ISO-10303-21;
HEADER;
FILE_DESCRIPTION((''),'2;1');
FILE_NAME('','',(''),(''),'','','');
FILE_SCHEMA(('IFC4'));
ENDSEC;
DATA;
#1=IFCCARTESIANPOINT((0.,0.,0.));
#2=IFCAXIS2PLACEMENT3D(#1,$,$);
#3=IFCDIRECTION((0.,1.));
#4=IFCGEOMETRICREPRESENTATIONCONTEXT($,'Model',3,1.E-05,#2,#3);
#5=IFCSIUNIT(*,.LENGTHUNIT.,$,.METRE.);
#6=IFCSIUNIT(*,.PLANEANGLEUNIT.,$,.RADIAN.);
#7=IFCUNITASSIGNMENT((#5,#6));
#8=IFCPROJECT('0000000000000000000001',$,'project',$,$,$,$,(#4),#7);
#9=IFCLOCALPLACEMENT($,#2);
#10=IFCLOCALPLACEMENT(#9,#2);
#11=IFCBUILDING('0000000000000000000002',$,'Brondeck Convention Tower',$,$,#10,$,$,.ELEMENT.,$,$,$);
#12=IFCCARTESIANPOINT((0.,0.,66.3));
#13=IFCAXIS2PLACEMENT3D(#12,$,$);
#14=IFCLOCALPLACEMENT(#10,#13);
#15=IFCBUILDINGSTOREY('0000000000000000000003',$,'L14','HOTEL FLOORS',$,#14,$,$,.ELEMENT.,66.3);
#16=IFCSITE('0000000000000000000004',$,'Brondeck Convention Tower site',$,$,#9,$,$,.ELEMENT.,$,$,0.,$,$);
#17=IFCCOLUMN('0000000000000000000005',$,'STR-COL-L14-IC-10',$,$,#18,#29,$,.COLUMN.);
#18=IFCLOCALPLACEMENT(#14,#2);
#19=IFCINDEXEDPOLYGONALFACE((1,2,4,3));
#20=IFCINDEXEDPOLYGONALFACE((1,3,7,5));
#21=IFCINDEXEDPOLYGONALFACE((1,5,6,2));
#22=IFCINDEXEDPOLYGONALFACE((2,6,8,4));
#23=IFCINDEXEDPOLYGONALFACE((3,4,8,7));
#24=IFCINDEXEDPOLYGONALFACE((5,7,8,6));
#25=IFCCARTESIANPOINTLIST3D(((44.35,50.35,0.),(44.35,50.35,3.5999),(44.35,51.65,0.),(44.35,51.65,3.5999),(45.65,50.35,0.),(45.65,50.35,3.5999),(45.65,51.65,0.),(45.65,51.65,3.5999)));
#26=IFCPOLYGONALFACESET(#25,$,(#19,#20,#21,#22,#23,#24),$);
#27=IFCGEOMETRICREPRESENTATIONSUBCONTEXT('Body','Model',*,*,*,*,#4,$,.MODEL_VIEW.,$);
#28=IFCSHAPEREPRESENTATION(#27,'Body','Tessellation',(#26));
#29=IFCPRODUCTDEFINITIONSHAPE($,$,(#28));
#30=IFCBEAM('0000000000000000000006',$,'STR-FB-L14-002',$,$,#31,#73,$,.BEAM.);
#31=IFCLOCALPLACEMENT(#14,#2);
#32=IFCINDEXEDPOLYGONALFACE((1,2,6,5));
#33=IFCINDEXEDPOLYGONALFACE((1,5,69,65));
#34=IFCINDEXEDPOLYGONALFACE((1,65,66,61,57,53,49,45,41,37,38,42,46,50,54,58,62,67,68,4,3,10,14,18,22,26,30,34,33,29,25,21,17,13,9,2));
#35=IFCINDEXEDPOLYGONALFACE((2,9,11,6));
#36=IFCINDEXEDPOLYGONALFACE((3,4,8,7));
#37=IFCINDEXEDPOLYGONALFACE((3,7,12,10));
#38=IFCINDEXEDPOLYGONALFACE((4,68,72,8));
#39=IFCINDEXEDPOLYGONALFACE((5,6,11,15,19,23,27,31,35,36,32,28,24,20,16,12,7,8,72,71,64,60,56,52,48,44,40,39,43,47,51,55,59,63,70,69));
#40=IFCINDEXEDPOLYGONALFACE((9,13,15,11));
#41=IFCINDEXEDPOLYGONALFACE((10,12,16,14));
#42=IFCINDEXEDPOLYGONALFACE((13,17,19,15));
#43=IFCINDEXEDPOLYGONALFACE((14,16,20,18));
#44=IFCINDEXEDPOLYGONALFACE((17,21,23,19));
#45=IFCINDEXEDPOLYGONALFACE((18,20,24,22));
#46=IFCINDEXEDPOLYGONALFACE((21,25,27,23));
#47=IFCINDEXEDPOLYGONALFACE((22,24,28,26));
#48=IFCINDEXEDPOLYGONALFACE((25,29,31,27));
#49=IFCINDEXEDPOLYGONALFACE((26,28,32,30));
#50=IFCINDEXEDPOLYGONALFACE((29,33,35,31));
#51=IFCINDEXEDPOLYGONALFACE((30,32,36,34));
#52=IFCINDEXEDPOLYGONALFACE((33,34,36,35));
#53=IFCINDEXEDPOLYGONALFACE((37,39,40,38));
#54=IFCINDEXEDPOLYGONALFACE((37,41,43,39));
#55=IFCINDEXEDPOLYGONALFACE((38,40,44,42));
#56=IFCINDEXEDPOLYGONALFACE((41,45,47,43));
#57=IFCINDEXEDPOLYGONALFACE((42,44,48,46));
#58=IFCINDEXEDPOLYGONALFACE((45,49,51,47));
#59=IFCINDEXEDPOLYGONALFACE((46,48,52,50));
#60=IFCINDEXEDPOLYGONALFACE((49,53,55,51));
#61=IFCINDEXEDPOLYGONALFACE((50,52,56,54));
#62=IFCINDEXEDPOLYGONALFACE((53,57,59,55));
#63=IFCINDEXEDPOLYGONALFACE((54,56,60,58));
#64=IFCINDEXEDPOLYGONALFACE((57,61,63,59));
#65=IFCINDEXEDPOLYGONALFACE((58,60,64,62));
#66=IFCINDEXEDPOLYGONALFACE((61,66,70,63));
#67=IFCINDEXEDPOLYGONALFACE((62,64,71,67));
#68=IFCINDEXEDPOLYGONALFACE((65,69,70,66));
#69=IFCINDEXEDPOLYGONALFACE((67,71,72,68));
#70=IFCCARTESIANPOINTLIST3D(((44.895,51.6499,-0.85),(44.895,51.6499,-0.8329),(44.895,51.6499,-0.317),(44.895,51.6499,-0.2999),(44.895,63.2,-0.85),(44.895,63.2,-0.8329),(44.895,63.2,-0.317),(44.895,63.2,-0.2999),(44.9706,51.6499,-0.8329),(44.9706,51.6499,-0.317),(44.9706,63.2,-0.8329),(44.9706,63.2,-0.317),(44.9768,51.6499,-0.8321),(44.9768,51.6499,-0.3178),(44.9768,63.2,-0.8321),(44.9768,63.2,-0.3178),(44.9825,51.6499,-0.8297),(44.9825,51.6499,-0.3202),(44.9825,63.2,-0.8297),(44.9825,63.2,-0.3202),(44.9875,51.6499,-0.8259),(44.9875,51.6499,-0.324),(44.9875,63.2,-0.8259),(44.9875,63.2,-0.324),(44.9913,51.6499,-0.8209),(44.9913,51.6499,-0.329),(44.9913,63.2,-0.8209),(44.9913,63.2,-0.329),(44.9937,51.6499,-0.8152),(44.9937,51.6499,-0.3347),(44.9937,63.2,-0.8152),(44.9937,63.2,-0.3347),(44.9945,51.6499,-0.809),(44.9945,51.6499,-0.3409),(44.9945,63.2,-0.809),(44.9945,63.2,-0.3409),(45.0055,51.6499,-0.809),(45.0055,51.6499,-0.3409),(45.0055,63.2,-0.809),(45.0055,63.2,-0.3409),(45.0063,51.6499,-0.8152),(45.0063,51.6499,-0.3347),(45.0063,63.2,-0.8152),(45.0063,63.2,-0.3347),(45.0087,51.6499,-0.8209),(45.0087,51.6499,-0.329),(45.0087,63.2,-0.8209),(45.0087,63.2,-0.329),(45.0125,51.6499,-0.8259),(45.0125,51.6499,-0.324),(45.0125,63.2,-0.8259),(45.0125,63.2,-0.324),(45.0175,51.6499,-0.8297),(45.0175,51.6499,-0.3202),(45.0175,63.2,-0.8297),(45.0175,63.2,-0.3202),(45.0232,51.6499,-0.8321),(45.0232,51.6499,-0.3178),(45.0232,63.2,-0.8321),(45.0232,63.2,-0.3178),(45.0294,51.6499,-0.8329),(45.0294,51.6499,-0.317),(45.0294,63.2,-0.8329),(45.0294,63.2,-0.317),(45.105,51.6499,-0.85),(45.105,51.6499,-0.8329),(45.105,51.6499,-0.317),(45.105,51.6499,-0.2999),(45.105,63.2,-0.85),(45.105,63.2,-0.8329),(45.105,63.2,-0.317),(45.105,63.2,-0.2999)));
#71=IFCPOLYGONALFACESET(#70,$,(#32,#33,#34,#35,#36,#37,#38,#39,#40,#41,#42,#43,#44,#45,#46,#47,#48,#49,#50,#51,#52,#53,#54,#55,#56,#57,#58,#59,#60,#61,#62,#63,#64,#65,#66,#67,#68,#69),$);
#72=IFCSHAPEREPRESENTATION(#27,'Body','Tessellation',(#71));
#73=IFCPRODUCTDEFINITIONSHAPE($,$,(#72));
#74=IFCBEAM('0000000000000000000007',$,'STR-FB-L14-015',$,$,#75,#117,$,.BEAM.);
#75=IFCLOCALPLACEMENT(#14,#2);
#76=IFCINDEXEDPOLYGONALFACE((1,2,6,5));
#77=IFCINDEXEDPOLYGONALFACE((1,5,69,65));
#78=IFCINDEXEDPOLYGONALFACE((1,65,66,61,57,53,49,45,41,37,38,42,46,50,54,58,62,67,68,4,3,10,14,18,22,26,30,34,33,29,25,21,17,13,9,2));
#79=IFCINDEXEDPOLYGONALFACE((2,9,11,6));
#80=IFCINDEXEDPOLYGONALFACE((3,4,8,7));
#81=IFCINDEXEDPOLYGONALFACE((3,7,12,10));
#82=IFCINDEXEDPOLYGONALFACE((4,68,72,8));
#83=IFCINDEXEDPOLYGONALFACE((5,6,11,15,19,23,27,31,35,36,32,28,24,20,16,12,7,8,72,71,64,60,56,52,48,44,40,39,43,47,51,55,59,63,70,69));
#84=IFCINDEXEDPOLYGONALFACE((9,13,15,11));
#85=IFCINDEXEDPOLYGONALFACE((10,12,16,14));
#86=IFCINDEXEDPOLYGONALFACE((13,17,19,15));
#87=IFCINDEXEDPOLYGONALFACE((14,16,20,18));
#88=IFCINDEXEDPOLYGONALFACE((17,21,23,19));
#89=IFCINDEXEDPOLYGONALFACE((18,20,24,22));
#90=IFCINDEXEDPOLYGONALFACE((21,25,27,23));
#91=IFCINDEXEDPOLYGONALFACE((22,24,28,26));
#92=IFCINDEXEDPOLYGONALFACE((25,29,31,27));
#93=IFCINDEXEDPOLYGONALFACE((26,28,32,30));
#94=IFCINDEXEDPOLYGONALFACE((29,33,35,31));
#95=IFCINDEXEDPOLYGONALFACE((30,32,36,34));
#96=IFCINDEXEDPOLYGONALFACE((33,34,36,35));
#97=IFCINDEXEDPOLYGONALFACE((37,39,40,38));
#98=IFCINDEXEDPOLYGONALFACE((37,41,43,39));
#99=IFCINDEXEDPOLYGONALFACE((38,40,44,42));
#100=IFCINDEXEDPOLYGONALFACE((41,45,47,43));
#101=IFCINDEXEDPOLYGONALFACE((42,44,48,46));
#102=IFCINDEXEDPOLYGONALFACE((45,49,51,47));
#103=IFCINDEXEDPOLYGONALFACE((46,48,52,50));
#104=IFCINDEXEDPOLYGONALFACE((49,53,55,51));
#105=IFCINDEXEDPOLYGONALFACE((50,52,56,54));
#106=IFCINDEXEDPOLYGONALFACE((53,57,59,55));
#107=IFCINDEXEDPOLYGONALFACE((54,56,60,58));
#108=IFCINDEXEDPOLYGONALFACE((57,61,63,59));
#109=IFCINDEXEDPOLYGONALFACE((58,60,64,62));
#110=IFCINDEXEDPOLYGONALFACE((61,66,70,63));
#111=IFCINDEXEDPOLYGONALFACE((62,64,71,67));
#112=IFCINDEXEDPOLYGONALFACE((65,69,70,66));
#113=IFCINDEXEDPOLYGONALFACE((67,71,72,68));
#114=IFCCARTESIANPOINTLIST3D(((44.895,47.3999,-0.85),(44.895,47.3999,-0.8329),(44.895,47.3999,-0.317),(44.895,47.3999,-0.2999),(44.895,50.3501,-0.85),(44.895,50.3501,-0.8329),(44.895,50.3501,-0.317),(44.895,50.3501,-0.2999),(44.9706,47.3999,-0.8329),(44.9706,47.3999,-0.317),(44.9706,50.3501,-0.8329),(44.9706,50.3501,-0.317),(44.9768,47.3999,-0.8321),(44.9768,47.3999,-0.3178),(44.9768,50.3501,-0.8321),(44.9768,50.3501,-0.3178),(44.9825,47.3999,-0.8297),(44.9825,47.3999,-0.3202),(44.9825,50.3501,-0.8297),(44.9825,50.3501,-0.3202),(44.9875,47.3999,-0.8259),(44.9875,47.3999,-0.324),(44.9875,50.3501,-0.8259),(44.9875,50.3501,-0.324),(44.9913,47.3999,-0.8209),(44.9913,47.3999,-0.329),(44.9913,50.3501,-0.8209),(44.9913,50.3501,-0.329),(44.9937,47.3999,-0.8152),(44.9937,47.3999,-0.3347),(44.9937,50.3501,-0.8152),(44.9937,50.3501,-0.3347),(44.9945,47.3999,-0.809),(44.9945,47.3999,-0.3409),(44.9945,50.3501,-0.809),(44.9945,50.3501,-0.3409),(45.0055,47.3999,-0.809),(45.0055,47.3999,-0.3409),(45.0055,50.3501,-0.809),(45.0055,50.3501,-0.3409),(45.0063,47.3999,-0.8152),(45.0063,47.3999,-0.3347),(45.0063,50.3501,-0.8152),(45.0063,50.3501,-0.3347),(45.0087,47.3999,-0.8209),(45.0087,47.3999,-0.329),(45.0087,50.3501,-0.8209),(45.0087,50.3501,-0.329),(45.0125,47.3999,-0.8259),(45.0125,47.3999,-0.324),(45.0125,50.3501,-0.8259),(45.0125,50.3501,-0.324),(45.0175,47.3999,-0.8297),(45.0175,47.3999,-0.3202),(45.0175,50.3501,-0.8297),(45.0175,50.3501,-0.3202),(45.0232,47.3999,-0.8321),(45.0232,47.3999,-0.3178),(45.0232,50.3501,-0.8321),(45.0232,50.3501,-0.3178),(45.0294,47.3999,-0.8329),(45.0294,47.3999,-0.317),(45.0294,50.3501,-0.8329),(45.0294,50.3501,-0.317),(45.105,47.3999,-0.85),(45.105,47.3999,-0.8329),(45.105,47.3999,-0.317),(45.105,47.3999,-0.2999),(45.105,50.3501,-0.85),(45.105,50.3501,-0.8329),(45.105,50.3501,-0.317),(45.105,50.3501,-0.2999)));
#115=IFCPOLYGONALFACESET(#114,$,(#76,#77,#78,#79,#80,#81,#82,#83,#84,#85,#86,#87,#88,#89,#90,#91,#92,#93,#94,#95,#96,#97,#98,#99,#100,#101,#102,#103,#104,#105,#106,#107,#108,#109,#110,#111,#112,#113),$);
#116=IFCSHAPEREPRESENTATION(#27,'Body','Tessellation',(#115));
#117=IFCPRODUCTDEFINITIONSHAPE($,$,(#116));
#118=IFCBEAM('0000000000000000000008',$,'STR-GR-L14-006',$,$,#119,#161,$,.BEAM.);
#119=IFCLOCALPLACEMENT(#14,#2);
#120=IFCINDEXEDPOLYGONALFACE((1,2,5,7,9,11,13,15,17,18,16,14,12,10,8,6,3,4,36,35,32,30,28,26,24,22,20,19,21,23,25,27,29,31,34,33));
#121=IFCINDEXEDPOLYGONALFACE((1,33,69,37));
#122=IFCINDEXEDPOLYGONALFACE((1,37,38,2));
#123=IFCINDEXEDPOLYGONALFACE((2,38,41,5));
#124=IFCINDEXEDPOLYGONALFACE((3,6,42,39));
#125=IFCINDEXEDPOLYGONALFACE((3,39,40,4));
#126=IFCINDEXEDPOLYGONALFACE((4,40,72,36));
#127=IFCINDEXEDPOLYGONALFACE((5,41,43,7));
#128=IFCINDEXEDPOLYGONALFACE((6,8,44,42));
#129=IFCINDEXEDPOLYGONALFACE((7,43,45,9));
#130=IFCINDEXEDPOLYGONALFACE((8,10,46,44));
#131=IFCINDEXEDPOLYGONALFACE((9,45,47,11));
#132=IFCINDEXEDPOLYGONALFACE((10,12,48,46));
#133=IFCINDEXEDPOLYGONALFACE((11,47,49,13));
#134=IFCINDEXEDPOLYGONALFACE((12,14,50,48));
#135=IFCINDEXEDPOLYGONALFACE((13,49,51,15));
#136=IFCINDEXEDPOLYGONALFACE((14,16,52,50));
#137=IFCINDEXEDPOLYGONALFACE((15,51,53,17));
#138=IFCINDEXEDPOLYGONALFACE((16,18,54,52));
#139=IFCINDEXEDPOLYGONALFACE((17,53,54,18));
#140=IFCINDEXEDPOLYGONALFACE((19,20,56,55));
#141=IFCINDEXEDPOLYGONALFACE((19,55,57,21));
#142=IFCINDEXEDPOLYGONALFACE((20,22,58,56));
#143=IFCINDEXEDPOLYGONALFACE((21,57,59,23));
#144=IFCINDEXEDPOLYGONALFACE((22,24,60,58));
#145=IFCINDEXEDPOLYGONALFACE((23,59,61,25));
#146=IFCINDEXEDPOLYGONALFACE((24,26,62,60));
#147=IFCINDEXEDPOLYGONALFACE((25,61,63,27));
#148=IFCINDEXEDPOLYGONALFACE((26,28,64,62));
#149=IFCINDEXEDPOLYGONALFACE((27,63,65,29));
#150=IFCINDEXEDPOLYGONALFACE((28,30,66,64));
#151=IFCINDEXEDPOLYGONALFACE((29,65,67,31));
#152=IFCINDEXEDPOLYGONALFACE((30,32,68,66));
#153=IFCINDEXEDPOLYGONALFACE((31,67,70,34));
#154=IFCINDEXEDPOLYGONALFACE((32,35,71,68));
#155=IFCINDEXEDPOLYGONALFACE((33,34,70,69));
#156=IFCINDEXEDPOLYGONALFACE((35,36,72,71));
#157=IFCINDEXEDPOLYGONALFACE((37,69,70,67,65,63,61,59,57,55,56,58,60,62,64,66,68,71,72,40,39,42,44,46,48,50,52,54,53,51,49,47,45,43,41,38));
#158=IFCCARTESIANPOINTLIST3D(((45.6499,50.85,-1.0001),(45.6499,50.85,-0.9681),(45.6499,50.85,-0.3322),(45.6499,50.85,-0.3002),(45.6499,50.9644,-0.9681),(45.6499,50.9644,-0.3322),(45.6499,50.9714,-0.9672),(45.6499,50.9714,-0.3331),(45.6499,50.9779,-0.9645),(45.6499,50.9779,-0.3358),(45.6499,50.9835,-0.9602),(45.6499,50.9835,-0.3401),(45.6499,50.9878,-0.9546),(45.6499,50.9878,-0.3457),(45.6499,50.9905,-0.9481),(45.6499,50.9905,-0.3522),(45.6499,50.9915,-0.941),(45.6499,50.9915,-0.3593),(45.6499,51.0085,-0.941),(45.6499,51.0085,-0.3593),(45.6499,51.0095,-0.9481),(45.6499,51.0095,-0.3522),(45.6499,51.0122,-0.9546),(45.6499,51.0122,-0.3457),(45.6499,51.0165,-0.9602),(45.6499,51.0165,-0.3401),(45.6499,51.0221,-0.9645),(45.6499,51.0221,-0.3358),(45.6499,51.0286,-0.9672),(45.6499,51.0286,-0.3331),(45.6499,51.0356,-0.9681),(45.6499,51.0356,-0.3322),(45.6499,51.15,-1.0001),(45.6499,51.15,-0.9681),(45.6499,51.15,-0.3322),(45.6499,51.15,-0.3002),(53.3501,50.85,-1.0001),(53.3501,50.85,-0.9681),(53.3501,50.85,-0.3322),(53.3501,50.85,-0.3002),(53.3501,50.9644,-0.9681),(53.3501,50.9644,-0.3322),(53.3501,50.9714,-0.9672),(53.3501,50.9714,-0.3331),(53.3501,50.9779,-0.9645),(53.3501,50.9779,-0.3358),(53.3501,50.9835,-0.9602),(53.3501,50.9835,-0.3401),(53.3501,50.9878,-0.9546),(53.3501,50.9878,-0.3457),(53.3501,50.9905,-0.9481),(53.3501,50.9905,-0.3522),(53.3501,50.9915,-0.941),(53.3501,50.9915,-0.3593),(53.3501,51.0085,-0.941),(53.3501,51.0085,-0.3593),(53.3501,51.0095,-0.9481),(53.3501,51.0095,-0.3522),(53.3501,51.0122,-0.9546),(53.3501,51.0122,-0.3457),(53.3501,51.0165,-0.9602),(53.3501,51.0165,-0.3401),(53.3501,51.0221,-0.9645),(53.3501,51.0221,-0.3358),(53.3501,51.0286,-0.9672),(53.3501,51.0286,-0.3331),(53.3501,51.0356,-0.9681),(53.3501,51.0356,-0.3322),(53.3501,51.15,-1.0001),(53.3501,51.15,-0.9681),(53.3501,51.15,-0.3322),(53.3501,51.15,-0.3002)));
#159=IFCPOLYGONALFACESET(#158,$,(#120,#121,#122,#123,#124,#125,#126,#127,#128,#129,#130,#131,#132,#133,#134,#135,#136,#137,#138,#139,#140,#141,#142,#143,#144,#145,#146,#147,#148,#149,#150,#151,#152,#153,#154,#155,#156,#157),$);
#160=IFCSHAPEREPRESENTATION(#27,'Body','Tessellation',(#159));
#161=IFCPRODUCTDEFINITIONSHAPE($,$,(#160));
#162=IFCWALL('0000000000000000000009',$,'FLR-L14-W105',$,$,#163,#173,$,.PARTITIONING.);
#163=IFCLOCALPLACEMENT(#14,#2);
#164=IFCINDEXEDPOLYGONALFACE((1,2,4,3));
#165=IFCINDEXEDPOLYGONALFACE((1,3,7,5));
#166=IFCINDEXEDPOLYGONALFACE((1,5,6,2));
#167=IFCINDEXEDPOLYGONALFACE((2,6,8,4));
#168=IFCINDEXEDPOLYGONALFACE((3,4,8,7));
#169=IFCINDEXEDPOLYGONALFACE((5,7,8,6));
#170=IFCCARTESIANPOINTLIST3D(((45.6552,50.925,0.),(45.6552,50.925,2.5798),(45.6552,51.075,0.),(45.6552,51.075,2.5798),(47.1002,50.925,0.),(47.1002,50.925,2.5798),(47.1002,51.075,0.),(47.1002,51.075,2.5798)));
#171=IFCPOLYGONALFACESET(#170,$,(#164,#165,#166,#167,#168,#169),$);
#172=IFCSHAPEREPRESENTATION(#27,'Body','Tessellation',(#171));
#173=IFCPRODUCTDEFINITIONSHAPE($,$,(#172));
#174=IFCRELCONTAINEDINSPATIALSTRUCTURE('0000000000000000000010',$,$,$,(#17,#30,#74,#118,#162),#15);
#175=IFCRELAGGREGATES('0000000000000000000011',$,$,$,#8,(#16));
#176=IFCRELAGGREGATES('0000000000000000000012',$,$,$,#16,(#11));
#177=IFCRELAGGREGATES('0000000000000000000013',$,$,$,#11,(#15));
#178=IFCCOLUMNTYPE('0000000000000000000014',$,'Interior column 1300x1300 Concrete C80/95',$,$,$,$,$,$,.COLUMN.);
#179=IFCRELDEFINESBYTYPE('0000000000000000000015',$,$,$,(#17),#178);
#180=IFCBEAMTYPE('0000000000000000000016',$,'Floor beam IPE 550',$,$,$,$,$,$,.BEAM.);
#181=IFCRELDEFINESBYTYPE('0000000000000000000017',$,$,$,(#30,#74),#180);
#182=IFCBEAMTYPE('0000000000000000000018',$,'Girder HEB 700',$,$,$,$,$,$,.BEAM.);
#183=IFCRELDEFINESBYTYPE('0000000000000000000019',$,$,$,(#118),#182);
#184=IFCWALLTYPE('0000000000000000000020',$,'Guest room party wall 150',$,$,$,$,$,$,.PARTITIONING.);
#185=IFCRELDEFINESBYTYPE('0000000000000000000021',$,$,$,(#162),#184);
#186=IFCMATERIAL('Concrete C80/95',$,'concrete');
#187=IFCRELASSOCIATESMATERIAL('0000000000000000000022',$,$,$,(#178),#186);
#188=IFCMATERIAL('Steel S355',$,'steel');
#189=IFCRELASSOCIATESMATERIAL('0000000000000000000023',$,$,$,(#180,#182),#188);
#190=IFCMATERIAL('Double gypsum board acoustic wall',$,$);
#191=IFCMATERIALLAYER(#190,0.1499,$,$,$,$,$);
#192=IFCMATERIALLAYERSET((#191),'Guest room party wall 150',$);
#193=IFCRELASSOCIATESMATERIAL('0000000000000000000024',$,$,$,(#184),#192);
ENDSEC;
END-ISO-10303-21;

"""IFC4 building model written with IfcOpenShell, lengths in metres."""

from ifc_helpers import new_model, si_unit, direction, frame, frame_2d, origin, origin_2d, place, context, subcontext, project, spatial, rectangle, i_section, extrude, material, layer, layer_set, material_profile, profile_set, type_object, element, save


model = new_model("IFC4")

# Units and contexts
model_context = context("Model", 3, precision=1e-05, world=origin(), true_north=direction((0.0, 1.0)))
body_context = subcontext(model_context, "Body", "Model", "MODEL_VIEW")
ifc_project = project(units=[si_unit("LENGTHUNIT", "METRE"), si_unit("PLANEANGLEUNIT", "RADIAN")], contexts=[model_context])

# Site, building, storey
site_placement = place(None, origin())
site = spatial("IfcSite", under=ifc_project, at=site_placement, Name="Brondeck Convention Tower site", CompositionType="ELEMENT", RefElevation=0.0)
building_placement = place(site_placement, origin())
building = spatial("IfcBuilding", under=site, at=building_placement, Name="Brondeck Convention Tower", CompositionType="ELEMENT")
storey_placement = place(building_placement, frame((0.0, 0.0, 66.3)))
storey = spatial("IfcBuildingStorey", under=building, at=storey_placement, Name="L14", Description="HOTEL FLOORS", CompositionType="ELEMENT", Elevation=66.3)

# Column
ifc_material_1 = material(Name="Concrete C80/95", Category="concrete")
ifc_material_profile_1 = material_profile(ifc_material_1, rectangle(XDim=1.3, YDim=1.3, at=origin_2d()), Name="Interior column 1300x1300 Concrete C80/95")
ifc_profile_set_1 = profile_set([ifc_material_profile_1], Name="Concrete C80/95")
column_type = type_object("IfcColumnType", Name="Interior column 1300x1300 Concrete C80/95", PredefinedType="COLUMN", material=ifc_profile_set_1)
column_placement = place(storey_placement, frame((45.0, 51.0, 0.0), z_axis=(0.0, 0.0, 1.0), x_axis=(1.0, 0.0, 0.0)))
element("IfcColumn", 1, at=column_placement, inside=storey, type_object=column_type, Name="STR-COL-L14-IC-10", PredefinedType="COLUMN", context=body_context, shape_type="SweptSolid", body=[
    extrude(rectangle(XDim=1.3, YDim=1.3, at=origin_2d()), origin(), (0.0, 0.0, 1.0), 3.5999),
])

# Beams
ifc_material_2 = material(Name="Steel S355", Category="steel")
ifc_material_profile_2 = material_profile(ifc_material_2, i_section(OverallWidth=0.21, OverallDepth=0.55, WebThickness=0.011, FlangeThickness=0.0171, FilletRadius=0.0239, at=origin_2d()), Name="IPE 550")
ifc_profile_set_2 = profile_set([ifc_material_profile_2], Name="Steel S355")
beam_type_1 = type_object("IfcBeamType", Name="Floor beam IPE 550", PredefinedType="BEAM", material=ifc_profile_set_2)
beam_1_placement = place(storey_placement, frame((45.0, 51.6499, -0.575), z_axis=(0.0, 1.0, 0.0), x_axis=(-1.0, 0.0, 0.0)))
element("IfcBeam", 2, at=beam_1_placement, inside=storey, type_object=beam_type_1, Name="STR-FB-L14-002", PredefinedType="BEAM", context=body_context, shape_type="SweptSolid", body=[
    extrude(i_section(OverallWidth=0.21, OverallDepth=0.55, WebThickness=0.011, FlangeThickness=0.0171, FilletRadius=0.0239, at=origin_2d()), origin(), (0.0, 0.0, 1.0), 11.55),
])
beam_2_placement = place(storey_placement, frame((45.0, 47.3999, -0.575), z_axis=(0.0, 1.0, 0.0), x_axis=(-1.0, 0.0, 0.0)))
element("IfcBeam", 3, at=beam_2_placement, inside=storey, type_object=beam_type_1, Name="STR-FB-L14-015", PredefinedType="BEAM", context=body_context, shape_type="SweptSolid", body=[
    extrude(i_section(OverallWidth=0.21, OverallDepth=0.55, WebThickness=0.011, FlangeThickness=0.0171, FilletRadius=0.0239, at=origin_2d()), origin(), (0.0, 0.0, 1.0), 2.9502),
])
ifc_material_profile_3 = material_profile(ifc_material_2, i_section(OverallWidth=0.3, OverallDepth=0.7, WebThickness=0.0171, FlangeThickness=0.032, FilletRadius=0.0271, at=origin_2d()), Name="HEB 700")
ifc_profile_set_3 = profile_set([ifc_material_profile_3], Name="Steel S355")
beam_type_2 = type_object("IfcBeamType", Name="Girder HEB 700", PredefinedType="BEAM", material=ifc_profile_set_3)
beam_3_placement = place(storey_placement, frame((45.6499, 51.0, -0.6501), z_axis=(1.0, 0.0, 0.0), x_axis=(0.0, 1.0, 0.0)))
element("IfcBeam", 4, at=beam_3_placement, inside=storey, type_object=beam_type_2, Name="STR-GR-L14-006", PredefinedType="BEAM", context=body_context, shape_type="SweptSolid", body=[
    extrude(i_section(OverallWidth=0.3, OverallDepth=0.7, WebThickness=0.0171, FlangeThickness=0.032, FilletRadius=0.0271, at=origin_2d()), origin(), (0.0, 0.0, 1.0), 7.7002),
])

# Wall
ifc_material_3 = material(Name="Double gypsum board acoustic wall")
ifc_layer_1 = layer(ifc_material_3, 0.1499)
ifc_layer_set_1 = layer_set([ifc_layer_1], Name="Guest room party wall 150")
wall_type_1 = type_object("IfcWallType", Name="Guest room party wall 150", PredefinedType="PARTITIONING", material=ifc_layer_set_1)
wall_1_placement = place(storey_placement, frame((45.655, 51.0, 0.0), z_axis=(0.0, 0.0, 1.0), x_axis=(1.0, 0.0, 0.0)))
element("IfcWall", 5, at=wall_1_placement, inside=storey, type_object=wall_type_1, Name="FLR-L14-W105", PredefinedType="PARTITIONING", context=body_context, shape_type="SweptSolid", body=[
    extrude(rectangle(XDim=1.4451, YDim=0.1499, at=frame_2d((0.7227, 0.0))), origin(), (0.0, 0.0, 1.0), 2.5798),
])

save(model, "model.ifc")
